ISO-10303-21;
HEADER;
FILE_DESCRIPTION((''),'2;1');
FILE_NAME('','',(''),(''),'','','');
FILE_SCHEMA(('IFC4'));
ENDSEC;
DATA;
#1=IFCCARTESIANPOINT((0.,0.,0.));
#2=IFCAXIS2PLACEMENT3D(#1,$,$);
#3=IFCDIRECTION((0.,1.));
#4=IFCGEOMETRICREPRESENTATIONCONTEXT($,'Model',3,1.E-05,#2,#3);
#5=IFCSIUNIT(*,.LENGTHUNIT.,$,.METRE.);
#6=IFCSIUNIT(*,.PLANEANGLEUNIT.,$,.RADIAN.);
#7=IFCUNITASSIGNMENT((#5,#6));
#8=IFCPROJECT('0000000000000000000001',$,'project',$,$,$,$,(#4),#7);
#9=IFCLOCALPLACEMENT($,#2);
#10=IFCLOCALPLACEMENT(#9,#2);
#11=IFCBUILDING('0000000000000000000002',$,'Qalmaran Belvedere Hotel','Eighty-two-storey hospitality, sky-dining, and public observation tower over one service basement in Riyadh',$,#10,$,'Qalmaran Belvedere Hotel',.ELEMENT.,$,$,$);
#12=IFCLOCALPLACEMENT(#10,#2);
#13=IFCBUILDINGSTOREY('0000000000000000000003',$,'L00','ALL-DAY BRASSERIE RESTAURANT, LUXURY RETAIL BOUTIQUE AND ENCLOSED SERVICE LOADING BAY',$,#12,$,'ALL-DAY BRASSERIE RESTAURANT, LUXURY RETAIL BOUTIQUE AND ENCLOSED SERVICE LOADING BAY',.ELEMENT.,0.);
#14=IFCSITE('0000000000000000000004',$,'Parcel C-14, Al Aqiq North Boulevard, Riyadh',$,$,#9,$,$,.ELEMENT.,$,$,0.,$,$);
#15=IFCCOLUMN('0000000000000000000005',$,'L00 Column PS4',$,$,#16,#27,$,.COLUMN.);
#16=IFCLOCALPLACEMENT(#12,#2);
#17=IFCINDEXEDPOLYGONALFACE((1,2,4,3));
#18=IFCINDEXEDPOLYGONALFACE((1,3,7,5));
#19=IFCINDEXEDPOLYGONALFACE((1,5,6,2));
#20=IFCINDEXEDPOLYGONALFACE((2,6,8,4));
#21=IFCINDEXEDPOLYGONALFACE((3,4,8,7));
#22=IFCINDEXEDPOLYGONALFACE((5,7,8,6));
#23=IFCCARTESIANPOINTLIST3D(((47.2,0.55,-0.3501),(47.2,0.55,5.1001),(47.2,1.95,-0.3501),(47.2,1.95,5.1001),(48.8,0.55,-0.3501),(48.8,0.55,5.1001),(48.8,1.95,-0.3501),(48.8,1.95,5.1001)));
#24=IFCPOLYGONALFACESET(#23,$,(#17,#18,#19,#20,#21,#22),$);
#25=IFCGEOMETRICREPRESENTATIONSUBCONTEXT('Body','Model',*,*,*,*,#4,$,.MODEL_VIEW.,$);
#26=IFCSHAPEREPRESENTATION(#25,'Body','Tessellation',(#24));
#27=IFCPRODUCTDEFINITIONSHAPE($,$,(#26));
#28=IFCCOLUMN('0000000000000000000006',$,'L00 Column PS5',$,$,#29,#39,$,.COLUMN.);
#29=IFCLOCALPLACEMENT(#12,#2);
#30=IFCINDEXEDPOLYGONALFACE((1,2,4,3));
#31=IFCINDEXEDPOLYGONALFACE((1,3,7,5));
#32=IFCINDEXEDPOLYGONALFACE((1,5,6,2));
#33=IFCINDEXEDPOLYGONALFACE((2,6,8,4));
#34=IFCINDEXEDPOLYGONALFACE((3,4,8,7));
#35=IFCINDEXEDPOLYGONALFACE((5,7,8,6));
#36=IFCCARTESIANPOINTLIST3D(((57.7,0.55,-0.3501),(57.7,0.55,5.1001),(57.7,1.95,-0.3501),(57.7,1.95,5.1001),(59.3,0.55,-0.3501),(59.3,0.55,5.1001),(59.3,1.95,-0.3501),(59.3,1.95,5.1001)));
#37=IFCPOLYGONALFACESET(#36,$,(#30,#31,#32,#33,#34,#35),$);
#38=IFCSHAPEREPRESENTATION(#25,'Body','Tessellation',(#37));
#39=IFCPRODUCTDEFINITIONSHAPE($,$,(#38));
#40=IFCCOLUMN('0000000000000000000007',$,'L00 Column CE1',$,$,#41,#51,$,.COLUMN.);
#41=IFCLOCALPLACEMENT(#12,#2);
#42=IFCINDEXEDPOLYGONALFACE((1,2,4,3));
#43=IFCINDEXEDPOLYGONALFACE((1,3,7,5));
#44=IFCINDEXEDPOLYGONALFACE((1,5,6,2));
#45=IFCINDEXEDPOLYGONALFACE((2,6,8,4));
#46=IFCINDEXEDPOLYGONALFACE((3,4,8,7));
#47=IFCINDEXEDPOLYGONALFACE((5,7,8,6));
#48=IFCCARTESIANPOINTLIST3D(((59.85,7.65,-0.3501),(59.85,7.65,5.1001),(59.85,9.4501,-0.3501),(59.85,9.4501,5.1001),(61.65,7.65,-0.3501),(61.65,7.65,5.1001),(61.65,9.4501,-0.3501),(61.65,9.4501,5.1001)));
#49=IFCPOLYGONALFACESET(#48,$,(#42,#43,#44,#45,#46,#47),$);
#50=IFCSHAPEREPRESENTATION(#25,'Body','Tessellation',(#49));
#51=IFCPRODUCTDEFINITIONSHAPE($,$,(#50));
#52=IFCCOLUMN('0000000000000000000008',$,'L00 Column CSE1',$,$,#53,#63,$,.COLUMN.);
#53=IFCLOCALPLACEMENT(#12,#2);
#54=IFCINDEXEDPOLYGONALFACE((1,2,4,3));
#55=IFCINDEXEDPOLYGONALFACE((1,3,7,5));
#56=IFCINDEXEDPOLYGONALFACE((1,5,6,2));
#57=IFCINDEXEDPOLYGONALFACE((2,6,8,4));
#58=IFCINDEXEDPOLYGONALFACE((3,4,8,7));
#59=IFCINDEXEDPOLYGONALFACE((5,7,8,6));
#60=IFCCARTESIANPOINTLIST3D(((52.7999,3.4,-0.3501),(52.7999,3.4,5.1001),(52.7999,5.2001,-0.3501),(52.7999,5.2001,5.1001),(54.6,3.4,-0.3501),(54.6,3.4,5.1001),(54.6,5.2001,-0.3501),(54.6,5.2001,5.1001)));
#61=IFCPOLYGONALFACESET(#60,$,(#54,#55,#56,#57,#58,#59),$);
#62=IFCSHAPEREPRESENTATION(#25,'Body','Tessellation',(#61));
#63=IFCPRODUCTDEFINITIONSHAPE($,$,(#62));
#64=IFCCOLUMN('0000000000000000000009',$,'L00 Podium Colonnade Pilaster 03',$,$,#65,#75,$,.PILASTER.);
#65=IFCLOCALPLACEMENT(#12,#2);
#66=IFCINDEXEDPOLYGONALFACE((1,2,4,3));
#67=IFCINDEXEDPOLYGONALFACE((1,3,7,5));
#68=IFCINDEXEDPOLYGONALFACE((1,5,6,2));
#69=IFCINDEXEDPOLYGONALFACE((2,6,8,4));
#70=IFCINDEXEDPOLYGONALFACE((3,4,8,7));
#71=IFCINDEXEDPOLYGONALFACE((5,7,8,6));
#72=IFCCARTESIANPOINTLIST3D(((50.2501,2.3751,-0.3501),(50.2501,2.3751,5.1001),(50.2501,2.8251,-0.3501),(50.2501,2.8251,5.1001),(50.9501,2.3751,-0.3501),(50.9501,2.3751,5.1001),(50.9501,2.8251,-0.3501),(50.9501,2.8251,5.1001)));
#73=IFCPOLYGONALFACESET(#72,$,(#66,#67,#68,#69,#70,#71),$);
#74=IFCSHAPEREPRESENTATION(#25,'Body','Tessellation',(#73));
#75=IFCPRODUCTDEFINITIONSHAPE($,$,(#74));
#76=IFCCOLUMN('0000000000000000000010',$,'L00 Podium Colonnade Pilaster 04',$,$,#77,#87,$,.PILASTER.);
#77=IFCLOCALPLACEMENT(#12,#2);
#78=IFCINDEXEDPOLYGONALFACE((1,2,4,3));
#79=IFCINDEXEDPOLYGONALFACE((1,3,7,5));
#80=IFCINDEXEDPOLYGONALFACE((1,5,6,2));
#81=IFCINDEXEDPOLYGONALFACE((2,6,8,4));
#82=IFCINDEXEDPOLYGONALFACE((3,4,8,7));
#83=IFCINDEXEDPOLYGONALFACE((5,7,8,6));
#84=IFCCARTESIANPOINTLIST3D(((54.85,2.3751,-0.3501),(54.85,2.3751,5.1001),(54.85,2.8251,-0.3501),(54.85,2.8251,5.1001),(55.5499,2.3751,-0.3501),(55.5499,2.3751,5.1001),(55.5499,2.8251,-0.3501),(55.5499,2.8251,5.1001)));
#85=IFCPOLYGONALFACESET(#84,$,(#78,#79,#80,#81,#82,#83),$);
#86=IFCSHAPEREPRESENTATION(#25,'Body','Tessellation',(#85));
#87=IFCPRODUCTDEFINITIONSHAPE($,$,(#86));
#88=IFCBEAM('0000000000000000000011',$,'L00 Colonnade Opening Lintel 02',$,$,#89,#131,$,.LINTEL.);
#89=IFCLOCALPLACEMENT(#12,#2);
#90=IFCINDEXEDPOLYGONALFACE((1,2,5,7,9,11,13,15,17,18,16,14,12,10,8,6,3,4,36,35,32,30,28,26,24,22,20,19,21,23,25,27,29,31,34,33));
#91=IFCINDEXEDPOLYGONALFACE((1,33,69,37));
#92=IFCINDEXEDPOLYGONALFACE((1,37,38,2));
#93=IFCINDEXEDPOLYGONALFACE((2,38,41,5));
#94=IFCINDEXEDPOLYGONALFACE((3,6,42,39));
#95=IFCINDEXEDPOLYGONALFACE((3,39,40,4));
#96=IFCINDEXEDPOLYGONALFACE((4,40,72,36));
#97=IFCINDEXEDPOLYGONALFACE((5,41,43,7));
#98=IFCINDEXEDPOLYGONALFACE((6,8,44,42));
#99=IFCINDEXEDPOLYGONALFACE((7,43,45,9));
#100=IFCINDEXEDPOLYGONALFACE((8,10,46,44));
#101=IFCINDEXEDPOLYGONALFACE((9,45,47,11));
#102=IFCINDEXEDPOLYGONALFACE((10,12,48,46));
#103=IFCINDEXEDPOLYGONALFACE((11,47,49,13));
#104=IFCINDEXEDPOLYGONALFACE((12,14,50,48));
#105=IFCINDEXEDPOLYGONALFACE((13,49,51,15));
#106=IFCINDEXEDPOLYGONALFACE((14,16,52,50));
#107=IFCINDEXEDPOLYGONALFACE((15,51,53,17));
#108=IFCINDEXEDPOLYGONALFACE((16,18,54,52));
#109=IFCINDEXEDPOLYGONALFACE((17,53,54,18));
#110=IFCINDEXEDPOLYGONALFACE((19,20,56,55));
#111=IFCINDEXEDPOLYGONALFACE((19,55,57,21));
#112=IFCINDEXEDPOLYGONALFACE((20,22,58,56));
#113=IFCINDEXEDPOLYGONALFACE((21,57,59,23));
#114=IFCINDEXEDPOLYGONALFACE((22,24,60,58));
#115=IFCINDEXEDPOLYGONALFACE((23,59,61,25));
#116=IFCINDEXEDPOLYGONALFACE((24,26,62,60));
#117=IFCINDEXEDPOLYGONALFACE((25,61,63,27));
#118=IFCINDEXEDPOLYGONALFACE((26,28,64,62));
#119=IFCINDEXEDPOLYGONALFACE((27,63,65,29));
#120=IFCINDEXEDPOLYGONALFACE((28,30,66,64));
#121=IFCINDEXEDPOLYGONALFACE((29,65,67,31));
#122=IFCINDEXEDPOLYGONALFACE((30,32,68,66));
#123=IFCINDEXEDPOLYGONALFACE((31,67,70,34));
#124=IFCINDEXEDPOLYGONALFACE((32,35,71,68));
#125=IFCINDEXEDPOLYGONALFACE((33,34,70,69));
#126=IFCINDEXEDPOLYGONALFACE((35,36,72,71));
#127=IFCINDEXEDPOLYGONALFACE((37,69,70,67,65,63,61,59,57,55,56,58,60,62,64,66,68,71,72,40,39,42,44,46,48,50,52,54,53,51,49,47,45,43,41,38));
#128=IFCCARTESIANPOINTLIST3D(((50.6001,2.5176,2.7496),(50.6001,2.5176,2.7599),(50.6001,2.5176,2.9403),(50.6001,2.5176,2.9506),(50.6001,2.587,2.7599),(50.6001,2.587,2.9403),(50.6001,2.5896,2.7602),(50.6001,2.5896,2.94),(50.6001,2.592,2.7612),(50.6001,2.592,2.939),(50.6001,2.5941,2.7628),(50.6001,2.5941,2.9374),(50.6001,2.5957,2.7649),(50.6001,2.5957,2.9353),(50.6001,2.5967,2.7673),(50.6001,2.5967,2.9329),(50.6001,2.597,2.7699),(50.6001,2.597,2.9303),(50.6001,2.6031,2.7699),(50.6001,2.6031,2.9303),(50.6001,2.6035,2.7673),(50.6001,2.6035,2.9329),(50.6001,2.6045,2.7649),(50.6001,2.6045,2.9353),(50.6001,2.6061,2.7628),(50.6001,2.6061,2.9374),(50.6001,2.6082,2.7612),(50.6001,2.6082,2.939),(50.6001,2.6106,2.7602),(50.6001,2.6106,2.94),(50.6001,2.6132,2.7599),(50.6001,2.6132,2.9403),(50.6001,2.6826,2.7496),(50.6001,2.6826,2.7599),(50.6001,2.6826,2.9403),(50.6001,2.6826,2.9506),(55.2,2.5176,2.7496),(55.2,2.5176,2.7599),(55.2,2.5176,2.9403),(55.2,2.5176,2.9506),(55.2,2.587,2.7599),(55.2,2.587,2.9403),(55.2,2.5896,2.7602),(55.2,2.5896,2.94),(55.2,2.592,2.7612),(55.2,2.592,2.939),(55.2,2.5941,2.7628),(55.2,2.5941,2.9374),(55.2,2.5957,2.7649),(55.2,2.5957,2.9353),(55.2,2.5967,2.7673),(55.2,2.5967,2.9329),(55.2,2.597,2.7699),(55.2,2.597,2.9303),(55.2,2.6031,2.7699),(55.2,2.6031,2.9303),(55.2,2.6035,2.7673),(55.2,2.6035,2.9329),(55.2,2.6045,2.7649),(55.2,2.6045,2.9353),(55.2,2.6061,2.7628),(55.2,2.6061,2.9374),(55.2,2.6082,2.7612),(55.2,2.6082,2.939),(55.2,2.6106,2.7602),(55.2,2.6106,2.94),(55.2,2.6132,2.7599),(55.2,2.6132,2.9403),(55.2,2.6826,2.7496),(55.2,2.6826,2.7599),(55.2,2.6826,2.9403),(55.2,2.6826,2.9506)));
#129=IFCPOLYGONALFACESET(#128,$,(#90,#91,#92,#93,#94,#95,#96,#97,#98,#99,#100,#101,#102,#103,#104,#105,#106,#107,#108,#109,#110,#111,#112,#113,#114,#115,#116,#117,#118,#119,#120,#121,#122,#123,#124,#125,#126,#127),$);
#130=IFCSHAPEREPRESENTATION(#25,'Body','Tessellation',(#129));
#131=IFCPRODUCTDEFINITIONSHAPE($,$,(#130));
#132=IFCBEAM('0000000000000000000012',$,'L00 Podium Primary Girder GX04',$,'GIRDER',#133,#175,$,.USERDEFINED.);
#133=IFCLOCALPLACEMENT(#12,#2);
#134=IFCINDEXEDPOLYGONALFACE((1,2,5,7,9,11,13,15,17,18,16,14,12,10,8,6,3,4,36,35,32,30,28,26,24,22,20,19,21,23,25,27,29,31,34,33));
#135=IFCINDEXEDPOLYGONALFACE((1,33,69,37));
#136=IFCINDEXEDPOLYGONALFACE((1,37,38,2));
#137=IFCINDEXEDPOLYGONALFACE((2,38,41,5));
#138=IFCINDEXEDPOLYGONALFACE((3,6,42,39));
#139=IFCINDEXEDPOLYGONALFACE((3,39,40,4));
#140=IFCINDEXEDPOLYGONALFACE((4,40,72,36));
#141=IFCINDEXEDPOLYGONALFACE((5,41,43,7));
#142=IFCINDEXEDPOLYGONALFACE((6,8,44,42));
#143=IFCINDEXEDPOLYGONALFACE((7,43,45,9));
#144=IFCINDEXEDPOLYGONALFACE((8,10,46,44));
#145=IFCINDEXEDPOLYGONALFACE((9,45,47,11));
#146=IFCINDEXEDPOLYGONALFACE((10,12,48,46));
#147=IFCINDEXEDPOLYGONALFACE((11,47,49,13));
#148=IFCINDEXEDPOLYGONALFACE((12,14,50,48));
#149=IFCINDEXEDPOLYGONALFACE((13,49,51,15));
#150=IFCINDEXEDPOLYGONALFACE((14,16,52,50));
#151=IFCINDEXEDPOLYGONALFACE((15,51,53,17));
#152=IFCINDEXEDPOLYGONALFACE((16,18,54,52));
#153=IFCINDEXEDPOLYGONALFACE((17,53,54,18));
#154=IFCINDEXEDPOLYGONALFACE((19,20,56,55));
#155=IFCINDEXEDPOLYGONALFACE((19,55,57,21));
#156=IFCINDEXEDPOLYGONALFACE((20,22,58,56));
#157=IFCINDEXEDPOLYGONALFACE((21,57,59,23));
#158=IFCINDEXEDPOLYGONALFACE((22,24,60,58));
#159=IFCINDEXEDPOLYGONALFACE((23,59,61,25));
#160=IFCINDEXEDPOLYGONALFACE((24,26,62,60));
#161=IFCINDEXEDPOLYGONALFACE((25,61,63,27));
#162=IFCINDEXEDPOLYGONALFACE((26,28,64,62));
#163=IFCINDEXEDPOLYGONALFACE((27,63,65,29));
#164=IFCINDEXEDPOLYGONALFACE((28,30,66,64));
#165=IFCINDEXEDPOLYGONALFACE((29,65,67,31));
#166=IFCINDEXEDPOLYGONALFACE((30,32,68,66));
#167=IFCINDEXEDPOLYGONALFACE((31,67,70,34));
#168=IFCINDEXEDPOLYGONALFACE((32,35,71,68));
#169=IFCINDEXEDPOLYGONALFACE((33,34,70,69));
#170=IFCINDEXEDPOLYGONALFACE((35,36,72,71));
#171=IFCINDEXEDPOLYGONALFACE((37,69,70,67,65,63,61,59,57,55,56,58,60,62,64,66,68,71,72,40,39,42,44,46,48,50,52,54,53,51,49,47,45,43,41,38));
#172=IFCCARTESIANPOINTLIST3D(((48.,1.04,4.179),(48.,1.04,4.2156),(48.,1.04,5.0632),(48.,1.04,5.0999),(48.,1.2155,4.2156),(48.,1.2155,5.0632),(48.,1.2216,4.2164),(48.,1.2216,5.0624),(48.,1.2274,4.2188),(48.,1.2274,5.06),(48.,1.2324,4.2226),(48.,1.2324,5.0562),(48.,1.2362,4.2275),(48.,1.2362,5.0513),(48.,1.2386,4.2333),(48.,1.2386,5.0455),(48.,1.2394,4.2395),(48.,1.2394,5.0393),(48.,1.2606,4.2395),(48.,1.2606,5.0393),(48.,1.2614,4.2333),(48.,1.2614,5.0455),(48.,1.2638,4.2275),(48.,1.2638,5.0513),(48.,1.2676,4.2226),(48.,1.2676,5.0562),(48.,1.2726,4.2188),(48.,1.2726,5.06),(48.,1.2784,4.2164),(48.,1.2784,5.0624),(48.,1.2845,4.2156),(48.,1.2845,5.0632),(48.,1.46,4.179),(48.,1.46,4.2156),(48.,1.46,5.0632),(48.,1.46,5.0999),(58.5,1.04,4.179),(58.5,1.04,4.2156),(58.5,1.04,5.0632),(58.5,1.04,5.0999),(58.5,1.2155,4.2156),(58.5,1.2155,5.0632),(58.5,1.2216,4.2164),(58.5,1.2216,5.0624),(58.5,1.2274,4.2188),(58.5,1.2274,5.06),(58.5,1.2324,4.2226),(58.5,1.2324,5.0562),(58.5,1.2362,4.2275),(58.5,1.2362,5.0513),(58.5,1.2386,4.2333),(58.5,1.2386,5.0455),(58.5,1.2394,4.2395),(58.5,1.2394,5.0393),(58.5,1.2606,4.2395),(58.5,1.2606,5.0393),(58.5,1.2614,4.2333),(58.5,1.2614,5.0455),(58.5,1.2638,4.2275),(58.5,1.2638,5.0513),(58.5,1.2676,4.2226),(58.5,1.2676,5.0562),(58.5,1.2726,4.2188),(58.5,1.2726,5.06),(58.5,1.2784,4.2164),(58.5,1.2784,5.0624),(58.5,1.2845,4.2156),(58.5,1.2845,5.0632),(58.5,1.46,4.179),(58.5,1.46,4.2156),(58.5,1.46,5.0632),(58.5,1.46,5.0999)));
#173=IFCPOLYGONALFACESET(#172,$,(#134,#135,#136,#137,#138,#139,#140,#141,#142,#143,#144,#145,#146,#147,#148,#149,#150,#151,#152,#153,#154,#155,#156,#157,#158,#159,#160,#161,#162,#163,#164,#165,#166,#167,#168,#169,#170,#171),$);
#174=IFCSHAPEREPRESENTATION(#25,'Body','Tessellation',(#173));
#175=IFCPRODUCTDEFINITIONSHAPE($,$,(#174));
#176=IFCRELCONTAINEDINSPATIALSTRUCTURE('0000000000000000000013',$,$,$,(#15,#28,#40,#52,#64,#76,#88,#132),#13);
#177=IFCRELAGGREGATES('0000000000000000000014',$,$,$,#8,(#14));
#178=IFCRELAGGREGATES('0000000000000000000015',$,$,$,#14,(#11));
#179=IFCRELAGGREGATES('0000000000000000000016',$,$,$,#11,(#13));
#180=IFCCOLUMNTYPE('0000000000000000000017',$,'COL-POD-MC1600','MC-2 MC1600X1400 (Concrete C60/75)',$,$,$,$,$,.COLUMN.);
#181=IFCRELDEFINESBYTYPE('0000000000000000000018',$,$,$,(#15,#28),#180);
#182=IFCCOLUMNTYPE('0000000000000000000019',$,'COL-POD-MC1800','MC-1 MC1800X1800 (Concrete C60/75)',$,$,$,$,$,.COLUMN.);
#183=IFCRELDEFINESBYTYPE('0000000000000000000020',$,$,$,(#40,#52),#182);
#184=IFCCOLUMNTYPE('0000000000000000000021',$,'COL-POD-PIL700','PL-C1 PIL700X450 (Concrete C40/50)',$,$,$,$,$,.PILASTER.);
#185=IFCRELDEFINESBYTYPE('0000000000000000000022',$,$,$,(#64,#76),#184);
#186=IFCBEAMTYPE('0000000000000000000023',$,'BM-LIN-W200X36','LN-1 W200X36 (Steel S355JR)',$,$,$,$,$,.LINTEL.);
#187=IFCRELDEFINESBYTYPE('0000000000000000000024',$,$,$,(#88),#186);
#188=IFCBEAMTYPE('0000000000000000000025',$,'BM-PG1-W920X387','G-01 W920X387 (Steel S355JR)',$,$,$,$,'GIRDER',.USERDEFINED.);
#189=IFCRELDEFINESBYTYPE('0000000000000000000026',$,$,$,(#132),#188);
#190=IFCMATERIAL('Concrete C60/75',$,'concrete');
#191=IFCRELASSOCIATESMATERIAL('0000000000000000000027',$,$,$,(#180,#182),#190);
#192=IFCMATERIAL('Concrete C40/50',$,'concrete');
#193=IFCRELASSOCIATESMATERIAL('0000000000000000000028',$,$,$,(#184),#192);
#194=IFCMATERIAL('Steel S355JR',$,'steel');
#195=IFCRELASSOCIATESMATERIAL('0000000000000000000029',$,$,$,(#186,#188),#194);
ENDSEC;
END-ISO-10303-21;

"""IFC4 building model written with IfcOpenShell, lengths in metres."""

from ifc_helpers import new_model, si_unit, direction, frame, origin, origin_2d, place, context, subcontext, project, spatial, rectangle, i_section, extrude, material, material_profile, profile_set, type_object, element, save


model = new_model("IFC4")

# Units and contexts
model_context = context("Model", 3, precision=1e-05, world=origin(), true_north=direction((0.0, 1.0)))
body_context = subcontext(model_context, "Body", "Model", "MODEL_VIEW")
ifc_project = project(units=[si_unit("LENGTHUNIT", "METRE"), si_unit("PLANEANGLEUNIT", "RADIAN")], contexts=[model_context])

# Site, building, storey
site_placement = place(None, origin())
site = spatial("IfcSite", under=ifc_project, at=site_placement, Name="Parcel C-14, Al Aqiq North Boulevard, Riyadh", CompositionType="ELEMENT", RefElevation=0.0)
building_placement = place(site_placement, origin())
building = spatial("IfcBuilding", under=site, at=building_placement, Name="Qalmaran Belvedere Hotel", Description="Eighty-two-storey hospitality, sky-dining, and public observation tower over one service basement in Riyadh", LongName="Qalmaran Belvedere Hotel", CompositionType="ELEMENT")
storey_placement = place(building_placement, origin())
storey = spatial("IfcBuildingStorey", under=building, at=storey_placement, Name="L00", Description="ALL-DAY BRASSERIE RESTAURANT, LUXURY RETAIL BOUTIQUE AND ENCLOSED SERVICE LOADING BAY", LongName="ALL-DAY BRASSERIE RESTAURANT, LUXURY RETAIL BOUTIQUE AND ENCLOSED SERVICE LOADING BAY", CompositionType="ELEMENT", Elevation=0.0)

# Columns
ifc_material_1 = material(Name="Concrete C60/75", Category="concrete")
ifc_material_profile_1 = material_profile(ifc_material_1, rectangle(XDim=1.6001, YDim=1.3999, at=origin_2d()), Name="MC1600X1400")
ifc_profile_set_1 = profile_set([ifc_material_profile_1], Name="Concrete C60/75")
column_type_1 = type_object("IfcColumnType", Name="COL-POD-MC1600", Description="MC-2 MC1600X1400 (Concrete C60/75)", PredefinedType="COLUMN", material=ifc_profile_set_1)
for number, where, z_axis, x_axis, name in (
    (1, (48.0, 1.25, -0.3501), (0.0, 0.0, 1.0), (1.0, 0.0, 0.0), "L00 Column PS4"),
    (2, (58.5, 1.25, -0.3501), (0.0, 0.0, 1.0), (1.0, 0.0, 0.0), "L00 Column PS5"),
):
    element("IfcColumn", number, at=place(storey_placement, frame(where, z_axis=z_axis, x_axis=x_axis)), inside=storey, type_object=column_type_1, Name=name, PredefinedType="COLUMN", context=body_context, shape_type="SweptSolid", body=[
        extrude(rectangle(XDim=1.6001, YDim=1.3999, at=origin_2d()), origin(), (0.0, 0.0, 1.0), 5.4502),
    ])
ifc_material_profile_2 = material_profile(ifc_material_1, rectangle(XDim=1.8, YDim=1.8, at=origin_2d()), Name="MC1800X1800")
ifc_profile_set_2 = profile_set([ifc_material_profile_2], Name="Concrete C60/75")
column_type_2 = type_object("IfcColumnType", Name="COL-POD-MC1800", Description="MC-1 MC1800X1800 (Concrete C60/75)", PredefinedType="COLUMN", material=ifc_profile_set_2)
for number, where, z_axis, x_axis, name in (
    (3, (60.75, 8.55, -0.3501), (0.0, 0.0, 1.0), (1.0, 0.0, 0.0), "L00 Column CE1"),
    (4, (53.7, 4.3, -0.3501), (0.0, 0.0, 1.0), (1.0, 0.0, 0.0), "L00 Column CSE1"),
):
    element("IfcColumn", number, at=place(storey_placement, frame(where, z_axis=z_axis, x_axis=x_axis)), inside=storey, type_object=column_type_2, Name=name, PredefinedType="COLUMN", context=body_context, shape_type="SweptSolid", body=[
        extrude(rectangle(XDim=1.8, YDim=1.8, at=origin_2d()), origin(), (0.0, 0.0, 1.0), 5.4502),
    ])
ifc_material_2 = material(Name="Concrete C40/50", Category="concrete")
ifc_material_profile_3 = material_profile(ifc_material_2, rectangle(XDim=0.7, YDim=0.45, at=origin_2d()), Name="PIL700X450")
ifc_profile_set_3 = profile_set([ifc_material_profile_3], Name="Concrete C40/50")
column_type_3 = type_object("IfcColumnType", Name="COL-POD-PIL700", Description="PL-C1 PIL700X450 (Concrete C40/50)", PredefinedType="PILASTER", material=ifc_profile_set_3)
for number, where, z_axis, x_axis, name in (
    (5, (50.6001, 2.6001, -0.3501), (0.0, 0.0, 1.0), (1.0, 0.0, 0.0), "L00 Podium Colonnade Pilaster 03"),
    (6, (55.2, 2.6001, -0.3501), (0.0, 0.0, 1.0), (1.0, 0.0, 0.0), "L00 Podium Colonnade Pilaster 04"),
):
    element("IfcColumn", number, at=place(storey_placement, frame(where, z_axis=z_axis, x_axis=x_axis)), inside=storey, type_object=column_type_3, Name=name, PredefinedType="PILASTER", context=body_context, shape_type="SweptSolid", body=[
        extrude(rectangle(XDim=0.7, YDim=0.45, at=origin_2d()), origin(), (0.0, 0.0, 1.0), 5.4502),
    ])

# Beams
ifc_material_3 = material(Name="Steel S355JR", Category="steel")
ifc_material_profile_4 = material_profile(ifc_material_3, i_section(OverallWidth=0.165, OverallDepth=0.2009, WebThickness=0.0061, FlangeThickness=0.0103, FilletRadius=0.01, at=origin_2d()), Name="W200X36")
ifc_profile_set_4 = profile_set([ifc_material_profile_4], Name="Steel S355JR")
beam_type_1 = type_object("IfcBeamType", Name="BM-LIN-W200X36", Description="LN-1 W200X36 (Steel S355JR)", PredefinedType="LINTEL", material=ifc_profile_set_4)
beam_1_placement = place(storey_placement, frame((50.6001, 2.6001, 2.8501), z_axis=(1.0, 0.0, 0.0), x_axis=(0.0, 1.0, 0.0)))
element("IfcBeam", 7, at=beam_1_placement, inside=storey, type_object=beam_type_1, Name="L00 Colonnade Opening Lintel 02", PredefinedType="LINTEL", context=body_context, shape_type="SweptSolid", body=[
    extrude(i_section(OverallWidth=0.165, OverallDepth=0.2009, WebThickness=0.0061, FlangeThickness=0.0103, FilletRadius=0.01, at=origin_2d()), origin(), (0.0, 0.0, 1.0), 4.5999),
])
ifc_material_profile_5 = material_profile(ifc_material_3, i_section(OverallWidth=0.4199, OverallDepth=0.9209, WebThickness=0.0212, FlangeThickness=0.0366, FilletRadius=0.0239, at=origin_2d()), Name="W920X387")
ifc_profile_set_5 = profile_set([ifc_material_profile_5], Name="Steel S355JR")
beam_type_2 = type_object("IfcBeamType", Name="BM-PG1-W920X387", Description="G-01 W920X387 (Steel S355JR)", ElementType="GIRDER", PredefinedType="USERDEFINED", material=ifc_profile_set_5)
beam_2_placement = place(storey_placement, frame((48.0, 1.25, 4.6394), z_axis=(1.0, 0.0, 0.0), x_axis=(0.0, 1.0, 0.0)))
element("IfcBeam", 8, at=beam_2_placement, inside=storey, type_object=beam_type_2, Name="L00 Podium Primary Girder GX04", ObjectType="GIRDER", PredefinedType="USERDEFINED", context=body_context, shape_type="SweptSolid", body=[
    extrude(i_section(OverallWidth=0.4199, OverallDepth=0.9209, WebThickness=0.0212, FlangeThickness=0.0366, FilletRadius=0.0239, at=origin_2d()), origin(), (0.0, 0.0, 1.0), 10.5),
])

save(model, "model.ifc")
